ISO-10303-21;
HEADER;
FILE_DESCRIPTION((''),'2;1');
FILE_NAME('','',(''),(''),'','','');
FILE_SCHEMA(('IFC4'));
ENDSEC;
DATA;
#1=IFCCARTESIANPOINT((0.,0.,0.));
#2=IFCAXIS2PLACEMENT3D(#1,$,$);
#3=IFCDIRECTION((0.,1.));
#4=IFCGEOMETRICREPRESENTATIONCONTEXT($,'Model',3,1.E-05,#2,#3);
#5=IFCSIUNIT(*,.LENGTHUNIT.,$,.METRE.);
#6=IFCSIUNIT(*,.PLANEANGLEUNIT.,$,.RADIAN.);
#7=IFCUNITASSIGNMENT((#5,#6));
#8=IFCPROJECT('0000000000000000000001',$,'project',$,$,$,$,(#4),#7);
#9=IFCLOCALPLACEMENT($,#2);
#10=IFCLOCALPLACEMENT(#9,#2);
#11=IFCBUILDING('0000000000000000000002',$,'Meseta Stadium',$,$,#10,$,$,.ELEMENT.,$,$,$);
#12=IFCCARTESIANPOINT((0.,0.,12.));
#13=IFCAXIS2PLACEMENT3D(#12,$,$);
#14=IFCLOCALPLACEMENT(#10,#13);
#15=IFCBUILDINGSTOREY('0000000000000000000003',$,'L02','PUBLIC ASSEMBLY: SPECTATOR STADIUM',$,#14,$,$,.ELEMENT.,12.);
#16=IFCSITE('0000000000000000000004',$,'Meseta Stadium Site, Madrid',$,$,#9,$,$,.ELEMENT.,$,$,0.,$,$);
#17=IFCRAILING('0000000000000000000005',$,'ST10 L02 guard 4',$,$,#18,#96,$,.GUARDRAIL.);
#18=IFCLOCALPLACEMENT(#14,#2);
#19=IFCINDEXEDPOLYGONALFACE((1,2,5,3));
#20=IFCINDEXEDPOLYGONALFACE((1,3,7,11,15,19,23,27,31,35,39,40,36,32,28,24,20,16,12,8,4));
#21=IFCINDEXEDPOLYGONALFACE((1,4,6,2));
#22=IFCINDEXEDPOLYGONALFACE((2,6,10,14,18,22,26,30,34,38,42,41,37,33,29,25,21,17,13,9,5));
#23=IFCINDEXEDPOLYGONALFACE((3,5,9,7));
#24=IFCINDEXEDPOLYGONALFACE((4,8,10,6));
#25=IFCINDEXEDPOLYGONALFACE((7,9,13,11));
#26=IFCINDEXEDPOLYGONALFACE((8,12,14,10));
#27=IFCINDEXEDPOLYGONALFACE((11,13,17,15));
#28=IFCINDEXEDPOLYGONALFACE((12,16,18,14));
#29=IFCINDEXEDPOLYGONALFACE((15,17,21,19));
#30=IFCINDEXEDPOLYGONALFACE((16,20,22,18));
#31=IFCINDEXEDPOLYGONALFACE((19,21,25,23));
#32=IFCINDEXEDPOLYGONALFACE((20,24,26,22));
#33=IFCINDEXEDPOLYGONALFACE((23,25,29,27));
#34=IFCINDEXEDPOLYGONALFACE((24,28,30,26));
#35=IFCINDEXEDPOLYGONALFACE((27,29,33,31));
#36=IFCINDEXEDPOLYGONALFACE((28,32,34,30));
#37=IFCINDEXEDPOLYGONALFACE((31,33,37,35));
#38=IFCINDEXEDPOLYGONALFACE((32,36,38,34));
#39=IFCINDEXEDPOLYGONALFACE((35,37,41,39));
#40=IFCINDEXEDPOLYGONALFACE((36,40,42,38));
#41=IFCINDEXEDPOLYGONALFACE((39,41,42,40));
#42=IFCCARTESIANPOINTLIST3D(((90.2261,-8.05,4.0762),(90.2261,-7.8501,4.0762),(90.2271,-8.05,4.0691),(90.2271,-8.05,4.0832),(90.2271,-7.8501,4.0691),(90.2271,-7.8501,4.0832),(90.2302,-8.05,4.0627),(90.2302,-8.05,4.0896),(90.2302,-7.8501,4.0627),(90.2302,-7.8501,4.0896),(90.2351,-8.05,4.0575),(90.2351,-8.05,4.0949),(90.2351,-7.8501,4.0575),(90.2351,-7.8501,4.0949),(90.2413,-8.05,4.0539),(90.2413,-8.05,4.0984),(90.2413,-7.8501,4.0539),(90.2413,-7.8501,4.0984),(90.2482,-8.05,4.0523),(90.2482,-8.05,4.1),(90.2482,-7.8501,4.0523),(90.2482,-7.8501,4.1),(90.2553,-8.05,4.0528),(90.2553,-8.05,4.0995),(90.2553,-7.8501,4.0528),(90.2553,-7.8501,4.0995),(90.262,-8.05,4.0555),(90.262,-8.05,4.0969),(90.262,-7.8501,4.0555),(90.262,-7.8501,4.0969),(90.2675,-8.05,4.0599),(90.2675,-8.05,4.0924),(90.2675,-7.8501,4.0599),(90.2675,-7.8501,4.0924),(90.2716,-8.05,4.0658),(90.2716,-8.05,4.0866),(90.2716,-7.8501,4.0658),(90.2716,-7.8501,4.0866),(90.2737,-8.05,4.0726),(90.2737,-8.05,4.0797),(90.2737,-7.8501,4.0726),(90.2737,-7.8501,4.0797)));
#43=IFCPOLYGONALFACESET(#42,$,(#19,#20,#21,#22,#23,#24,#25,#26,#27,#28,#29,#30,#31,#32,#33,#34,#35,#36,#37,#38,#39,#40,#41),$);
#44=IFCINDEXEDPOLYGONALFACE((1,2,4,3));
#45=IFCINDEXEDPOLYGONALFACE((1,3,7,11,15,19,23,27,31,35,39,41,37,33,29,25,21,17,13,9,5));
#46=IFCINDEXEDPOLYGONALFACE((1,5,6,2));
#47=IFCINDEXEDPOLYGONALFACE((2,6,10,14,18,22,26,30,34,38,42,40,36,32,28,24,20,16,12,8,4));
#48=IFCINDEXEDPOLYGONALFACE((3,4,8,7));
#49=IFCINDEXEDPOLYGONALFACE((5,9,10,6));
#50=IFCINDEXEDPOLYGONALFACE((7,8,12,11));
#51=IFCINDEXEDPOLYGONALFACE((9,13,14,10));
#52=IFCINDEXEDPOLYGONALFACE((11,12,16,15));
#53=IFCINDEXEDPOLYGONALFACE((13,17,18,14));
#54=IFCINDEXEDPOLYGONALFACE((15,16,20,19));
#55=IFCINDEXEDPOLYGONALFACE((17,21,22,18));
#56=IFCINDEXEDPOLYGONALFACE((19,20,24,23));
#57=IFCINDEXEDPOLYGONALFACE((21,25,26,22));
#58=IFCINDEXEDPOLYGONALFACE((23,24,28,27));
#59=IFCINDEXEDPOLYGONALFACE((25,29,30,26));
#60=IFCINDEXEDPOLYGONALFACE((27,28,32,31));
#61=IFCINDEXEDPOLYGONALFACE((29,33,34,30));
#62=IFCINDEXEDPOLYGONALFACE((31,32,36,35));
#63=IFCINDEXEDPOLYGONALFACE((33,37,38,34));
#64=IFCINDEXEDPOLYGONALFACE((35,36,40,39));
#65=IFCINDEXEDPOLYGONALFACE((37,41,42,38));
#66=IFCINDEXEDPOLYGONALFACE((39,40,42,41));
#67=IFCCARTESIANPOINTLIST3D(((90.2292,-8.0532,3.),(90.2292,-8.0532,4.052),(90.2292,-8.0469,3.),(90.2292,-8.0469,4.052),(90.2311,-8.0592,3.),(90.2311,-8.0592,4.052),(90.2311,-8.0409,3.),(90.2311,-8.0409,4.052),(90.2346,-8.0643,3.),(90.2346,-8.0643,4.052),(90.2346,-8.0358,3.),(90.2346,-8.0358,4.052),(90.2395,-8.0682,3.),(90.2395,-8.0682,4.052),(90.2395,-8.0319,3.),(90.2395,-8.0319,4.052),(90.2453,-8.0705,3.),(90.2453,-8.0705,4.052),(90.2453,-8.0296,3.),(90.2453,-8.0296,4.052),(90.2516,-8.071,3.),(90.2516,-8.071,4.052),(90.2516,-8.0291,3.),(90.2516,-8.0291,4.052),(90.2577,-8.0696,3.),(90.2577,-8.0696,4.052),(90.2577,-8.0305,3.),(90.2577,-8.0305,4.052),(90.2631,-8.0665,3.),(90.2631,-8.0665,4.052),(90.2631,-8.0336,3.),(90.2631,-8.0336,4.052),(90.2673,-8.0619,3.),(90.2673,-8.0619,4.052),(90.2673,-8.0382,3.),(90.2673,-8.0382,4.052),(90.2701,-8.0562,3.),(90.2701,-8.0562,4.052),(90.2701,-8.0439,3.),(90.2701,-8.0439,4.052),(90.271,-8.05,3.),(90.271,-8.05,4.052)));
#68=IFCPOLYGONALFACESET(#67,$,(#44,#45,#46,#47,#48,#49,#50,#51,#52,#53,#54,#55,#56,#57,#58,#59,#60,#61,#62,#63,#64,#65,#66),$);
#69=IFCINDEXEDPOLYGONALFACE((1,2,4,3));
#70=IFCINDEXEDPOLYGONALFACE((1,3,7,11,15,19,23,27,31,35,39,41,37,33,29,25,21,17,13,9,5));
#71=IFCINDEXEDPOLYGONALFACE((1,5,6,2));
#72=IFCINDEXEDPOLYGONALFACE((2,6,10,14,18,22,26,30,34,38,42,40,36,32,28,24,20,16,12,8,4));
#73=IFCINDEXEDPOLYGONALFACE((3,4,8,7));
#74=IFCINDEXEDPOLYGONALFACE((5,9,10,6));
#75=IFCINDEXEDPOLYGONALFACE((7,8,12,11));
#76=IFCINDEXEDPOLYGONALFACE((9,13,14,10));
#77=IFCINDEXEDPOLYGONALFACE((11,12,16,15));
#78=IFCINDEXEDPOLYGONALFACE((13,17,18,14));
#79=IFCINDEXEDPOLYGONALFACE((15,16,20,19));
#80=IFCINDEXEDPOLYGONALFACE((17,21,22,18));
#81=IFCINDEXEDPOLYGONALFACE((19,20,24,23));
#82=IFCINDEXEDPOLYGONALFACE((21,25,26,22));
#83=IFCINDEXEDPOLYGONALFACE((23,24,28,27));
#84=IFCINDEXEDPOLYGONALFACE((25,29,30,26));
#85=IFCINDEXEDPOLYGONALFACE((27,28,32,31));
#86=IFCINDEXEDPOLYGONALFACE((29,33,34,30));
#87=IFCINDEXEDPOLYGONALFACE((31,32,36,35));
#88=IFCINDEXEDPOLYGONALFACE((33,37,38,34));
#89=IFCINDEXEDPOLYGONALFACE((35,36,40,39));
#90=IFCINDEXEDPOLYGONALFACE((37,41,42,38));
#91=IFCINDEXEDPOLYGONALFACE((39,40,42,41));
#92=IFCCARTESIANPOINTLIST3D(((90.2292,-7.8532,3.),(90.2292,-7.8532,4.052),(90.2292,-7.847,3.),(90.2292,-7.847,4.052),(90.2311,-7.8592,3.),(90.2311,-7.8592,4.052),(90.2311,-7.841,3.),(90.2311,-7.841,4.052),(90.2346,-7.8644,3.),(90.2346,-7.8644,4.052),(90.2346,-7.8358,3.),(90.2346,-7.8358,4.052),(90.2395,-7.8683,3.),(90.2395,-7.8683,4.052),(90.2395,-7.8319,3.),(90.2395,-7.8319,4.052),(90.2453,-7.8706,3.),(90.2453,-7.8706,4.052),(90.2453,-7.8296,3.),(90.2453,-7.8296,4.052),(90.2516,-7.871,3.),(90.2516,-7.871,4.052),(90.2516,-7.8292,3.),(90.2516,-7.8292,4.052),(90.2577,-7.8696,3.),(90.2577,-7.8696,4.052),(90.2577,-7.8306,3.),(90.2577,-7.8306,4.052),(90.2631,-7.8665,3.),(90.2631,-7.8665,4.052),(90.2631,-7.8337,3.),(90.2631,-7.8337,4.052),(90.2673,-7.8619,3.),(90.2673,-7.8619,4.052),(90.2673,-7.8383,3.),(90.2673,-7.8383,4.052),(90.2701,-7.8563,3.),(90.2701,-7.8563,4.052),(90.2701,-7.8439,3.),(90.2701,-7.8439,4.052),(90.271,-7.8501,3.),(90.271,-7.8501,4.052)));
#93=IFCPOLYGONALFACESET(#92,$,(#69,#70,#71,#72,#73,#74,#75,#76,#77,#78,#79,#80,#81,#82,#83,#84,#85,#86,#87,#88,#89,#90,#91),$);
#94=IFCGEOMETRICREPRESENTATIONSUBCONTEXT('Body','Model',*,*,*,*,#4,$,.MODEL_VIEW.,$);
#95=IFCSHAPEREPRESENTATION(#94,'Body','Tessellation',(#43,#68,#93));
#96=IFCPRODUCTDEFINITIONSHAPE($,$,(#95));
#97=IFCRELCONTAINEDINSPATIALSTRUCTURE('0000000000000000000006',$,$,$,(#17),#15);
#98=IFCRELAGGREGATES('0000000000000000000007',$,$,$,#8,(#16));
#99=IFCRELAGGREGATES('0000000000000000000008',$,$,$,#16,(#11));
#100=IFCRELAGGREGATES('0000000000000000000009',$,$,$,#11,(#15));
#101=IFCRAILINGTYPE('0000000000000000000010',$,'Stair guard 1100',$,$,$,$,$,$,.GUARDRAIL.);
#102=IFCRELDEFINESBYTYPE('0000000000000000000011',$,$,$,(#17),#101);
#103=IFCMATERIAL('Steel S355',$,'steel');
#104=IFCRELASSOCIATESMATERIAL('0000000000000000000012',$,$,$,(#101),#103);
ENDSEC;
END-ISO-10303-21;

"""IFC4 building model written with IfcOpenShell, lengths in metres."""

from ifc_helpers import new_model, si_unit, direction, frame, origin, origin_2d, place, context, subcontext, project, spatial, circle, extrude, material, type_object, element, save


model = new_model("IFC4")

# Units and contexts
model_context = context("Model", 3, precision=1e-05, world=origin(), true_north=direction((0.0, 1.0)))
body_context = subcontext(model_context, "Body", "Model", "MODEL_VIEW")
ifc_project = project(units=[si_unit("LENGTHUNIT", "METRE"), si_unit("PLANEANGLEUNIT", "RADIAN")], contexts=[model_context])

# Site, building, storey
site_placement = place(None, origin())
site = spatial("IfcSite", under=ifc_project, at=site_placement, Name="Meseta Stadium Site, Madrid", CompositionType="ELEMENT", RefElevation=0.0)
building_placement = place(site_placement, origin())
building = spatial("IfcBuilding", under=site, at=building_placement, Name="Meseta Stadium", CompositionType="ELEMENT")
storey_placement = place(building_placement, frame((0.0, 0.0, 12.0)))
storey = spatial("IfcBuildingStorey", under=building, at=storey_placement, Name="L02", Description="PUBLIC ASSEMBLY: SPECTATOR STADIUM", CompositionType="ELEMENT", Elevation=12.0)

# Railing
ifc_material_1 = material(Name="Steel S355", Category="steel")
railing_type_1 = type_object("IfcRailingType", Name="Stair guard 1100", PredefinedType="GUARDRAIL", material=ifc_material_1)
railing_1_placement = place(storey_placement, frame((90.25, -8.05, 3.0)))
element("IfcRailing", 1, at=railing_1_placement, inside=storey, type_object=railing_type_1, Name="ST10 L02 guard 4", PredefinedType="GUARDRAIL", context=body_context, shape_type="SweptSolid", body=[
    extrude(circle(Radius=0.0239, at=origin_2d()), frame((0.0, 0.0, 1.0762), z_axis=(0.0, 1.0, 0.0), x_axis=(-1.0, 0.0, 0.0)), (0.0, 0.0, 1.0), 0.2),
    extrude(circle(Radius=0.021, at=origin_2d()), origin(), (0.0, 0.0, 1.0), 1.052),
    extrude(circle(Radius=0.021, at=origin_2d()), frame((0.0, 0.2, 0.0)), (0.0, 0.0, 1.0), 1.052),
])

save(model, "model.ifc")
